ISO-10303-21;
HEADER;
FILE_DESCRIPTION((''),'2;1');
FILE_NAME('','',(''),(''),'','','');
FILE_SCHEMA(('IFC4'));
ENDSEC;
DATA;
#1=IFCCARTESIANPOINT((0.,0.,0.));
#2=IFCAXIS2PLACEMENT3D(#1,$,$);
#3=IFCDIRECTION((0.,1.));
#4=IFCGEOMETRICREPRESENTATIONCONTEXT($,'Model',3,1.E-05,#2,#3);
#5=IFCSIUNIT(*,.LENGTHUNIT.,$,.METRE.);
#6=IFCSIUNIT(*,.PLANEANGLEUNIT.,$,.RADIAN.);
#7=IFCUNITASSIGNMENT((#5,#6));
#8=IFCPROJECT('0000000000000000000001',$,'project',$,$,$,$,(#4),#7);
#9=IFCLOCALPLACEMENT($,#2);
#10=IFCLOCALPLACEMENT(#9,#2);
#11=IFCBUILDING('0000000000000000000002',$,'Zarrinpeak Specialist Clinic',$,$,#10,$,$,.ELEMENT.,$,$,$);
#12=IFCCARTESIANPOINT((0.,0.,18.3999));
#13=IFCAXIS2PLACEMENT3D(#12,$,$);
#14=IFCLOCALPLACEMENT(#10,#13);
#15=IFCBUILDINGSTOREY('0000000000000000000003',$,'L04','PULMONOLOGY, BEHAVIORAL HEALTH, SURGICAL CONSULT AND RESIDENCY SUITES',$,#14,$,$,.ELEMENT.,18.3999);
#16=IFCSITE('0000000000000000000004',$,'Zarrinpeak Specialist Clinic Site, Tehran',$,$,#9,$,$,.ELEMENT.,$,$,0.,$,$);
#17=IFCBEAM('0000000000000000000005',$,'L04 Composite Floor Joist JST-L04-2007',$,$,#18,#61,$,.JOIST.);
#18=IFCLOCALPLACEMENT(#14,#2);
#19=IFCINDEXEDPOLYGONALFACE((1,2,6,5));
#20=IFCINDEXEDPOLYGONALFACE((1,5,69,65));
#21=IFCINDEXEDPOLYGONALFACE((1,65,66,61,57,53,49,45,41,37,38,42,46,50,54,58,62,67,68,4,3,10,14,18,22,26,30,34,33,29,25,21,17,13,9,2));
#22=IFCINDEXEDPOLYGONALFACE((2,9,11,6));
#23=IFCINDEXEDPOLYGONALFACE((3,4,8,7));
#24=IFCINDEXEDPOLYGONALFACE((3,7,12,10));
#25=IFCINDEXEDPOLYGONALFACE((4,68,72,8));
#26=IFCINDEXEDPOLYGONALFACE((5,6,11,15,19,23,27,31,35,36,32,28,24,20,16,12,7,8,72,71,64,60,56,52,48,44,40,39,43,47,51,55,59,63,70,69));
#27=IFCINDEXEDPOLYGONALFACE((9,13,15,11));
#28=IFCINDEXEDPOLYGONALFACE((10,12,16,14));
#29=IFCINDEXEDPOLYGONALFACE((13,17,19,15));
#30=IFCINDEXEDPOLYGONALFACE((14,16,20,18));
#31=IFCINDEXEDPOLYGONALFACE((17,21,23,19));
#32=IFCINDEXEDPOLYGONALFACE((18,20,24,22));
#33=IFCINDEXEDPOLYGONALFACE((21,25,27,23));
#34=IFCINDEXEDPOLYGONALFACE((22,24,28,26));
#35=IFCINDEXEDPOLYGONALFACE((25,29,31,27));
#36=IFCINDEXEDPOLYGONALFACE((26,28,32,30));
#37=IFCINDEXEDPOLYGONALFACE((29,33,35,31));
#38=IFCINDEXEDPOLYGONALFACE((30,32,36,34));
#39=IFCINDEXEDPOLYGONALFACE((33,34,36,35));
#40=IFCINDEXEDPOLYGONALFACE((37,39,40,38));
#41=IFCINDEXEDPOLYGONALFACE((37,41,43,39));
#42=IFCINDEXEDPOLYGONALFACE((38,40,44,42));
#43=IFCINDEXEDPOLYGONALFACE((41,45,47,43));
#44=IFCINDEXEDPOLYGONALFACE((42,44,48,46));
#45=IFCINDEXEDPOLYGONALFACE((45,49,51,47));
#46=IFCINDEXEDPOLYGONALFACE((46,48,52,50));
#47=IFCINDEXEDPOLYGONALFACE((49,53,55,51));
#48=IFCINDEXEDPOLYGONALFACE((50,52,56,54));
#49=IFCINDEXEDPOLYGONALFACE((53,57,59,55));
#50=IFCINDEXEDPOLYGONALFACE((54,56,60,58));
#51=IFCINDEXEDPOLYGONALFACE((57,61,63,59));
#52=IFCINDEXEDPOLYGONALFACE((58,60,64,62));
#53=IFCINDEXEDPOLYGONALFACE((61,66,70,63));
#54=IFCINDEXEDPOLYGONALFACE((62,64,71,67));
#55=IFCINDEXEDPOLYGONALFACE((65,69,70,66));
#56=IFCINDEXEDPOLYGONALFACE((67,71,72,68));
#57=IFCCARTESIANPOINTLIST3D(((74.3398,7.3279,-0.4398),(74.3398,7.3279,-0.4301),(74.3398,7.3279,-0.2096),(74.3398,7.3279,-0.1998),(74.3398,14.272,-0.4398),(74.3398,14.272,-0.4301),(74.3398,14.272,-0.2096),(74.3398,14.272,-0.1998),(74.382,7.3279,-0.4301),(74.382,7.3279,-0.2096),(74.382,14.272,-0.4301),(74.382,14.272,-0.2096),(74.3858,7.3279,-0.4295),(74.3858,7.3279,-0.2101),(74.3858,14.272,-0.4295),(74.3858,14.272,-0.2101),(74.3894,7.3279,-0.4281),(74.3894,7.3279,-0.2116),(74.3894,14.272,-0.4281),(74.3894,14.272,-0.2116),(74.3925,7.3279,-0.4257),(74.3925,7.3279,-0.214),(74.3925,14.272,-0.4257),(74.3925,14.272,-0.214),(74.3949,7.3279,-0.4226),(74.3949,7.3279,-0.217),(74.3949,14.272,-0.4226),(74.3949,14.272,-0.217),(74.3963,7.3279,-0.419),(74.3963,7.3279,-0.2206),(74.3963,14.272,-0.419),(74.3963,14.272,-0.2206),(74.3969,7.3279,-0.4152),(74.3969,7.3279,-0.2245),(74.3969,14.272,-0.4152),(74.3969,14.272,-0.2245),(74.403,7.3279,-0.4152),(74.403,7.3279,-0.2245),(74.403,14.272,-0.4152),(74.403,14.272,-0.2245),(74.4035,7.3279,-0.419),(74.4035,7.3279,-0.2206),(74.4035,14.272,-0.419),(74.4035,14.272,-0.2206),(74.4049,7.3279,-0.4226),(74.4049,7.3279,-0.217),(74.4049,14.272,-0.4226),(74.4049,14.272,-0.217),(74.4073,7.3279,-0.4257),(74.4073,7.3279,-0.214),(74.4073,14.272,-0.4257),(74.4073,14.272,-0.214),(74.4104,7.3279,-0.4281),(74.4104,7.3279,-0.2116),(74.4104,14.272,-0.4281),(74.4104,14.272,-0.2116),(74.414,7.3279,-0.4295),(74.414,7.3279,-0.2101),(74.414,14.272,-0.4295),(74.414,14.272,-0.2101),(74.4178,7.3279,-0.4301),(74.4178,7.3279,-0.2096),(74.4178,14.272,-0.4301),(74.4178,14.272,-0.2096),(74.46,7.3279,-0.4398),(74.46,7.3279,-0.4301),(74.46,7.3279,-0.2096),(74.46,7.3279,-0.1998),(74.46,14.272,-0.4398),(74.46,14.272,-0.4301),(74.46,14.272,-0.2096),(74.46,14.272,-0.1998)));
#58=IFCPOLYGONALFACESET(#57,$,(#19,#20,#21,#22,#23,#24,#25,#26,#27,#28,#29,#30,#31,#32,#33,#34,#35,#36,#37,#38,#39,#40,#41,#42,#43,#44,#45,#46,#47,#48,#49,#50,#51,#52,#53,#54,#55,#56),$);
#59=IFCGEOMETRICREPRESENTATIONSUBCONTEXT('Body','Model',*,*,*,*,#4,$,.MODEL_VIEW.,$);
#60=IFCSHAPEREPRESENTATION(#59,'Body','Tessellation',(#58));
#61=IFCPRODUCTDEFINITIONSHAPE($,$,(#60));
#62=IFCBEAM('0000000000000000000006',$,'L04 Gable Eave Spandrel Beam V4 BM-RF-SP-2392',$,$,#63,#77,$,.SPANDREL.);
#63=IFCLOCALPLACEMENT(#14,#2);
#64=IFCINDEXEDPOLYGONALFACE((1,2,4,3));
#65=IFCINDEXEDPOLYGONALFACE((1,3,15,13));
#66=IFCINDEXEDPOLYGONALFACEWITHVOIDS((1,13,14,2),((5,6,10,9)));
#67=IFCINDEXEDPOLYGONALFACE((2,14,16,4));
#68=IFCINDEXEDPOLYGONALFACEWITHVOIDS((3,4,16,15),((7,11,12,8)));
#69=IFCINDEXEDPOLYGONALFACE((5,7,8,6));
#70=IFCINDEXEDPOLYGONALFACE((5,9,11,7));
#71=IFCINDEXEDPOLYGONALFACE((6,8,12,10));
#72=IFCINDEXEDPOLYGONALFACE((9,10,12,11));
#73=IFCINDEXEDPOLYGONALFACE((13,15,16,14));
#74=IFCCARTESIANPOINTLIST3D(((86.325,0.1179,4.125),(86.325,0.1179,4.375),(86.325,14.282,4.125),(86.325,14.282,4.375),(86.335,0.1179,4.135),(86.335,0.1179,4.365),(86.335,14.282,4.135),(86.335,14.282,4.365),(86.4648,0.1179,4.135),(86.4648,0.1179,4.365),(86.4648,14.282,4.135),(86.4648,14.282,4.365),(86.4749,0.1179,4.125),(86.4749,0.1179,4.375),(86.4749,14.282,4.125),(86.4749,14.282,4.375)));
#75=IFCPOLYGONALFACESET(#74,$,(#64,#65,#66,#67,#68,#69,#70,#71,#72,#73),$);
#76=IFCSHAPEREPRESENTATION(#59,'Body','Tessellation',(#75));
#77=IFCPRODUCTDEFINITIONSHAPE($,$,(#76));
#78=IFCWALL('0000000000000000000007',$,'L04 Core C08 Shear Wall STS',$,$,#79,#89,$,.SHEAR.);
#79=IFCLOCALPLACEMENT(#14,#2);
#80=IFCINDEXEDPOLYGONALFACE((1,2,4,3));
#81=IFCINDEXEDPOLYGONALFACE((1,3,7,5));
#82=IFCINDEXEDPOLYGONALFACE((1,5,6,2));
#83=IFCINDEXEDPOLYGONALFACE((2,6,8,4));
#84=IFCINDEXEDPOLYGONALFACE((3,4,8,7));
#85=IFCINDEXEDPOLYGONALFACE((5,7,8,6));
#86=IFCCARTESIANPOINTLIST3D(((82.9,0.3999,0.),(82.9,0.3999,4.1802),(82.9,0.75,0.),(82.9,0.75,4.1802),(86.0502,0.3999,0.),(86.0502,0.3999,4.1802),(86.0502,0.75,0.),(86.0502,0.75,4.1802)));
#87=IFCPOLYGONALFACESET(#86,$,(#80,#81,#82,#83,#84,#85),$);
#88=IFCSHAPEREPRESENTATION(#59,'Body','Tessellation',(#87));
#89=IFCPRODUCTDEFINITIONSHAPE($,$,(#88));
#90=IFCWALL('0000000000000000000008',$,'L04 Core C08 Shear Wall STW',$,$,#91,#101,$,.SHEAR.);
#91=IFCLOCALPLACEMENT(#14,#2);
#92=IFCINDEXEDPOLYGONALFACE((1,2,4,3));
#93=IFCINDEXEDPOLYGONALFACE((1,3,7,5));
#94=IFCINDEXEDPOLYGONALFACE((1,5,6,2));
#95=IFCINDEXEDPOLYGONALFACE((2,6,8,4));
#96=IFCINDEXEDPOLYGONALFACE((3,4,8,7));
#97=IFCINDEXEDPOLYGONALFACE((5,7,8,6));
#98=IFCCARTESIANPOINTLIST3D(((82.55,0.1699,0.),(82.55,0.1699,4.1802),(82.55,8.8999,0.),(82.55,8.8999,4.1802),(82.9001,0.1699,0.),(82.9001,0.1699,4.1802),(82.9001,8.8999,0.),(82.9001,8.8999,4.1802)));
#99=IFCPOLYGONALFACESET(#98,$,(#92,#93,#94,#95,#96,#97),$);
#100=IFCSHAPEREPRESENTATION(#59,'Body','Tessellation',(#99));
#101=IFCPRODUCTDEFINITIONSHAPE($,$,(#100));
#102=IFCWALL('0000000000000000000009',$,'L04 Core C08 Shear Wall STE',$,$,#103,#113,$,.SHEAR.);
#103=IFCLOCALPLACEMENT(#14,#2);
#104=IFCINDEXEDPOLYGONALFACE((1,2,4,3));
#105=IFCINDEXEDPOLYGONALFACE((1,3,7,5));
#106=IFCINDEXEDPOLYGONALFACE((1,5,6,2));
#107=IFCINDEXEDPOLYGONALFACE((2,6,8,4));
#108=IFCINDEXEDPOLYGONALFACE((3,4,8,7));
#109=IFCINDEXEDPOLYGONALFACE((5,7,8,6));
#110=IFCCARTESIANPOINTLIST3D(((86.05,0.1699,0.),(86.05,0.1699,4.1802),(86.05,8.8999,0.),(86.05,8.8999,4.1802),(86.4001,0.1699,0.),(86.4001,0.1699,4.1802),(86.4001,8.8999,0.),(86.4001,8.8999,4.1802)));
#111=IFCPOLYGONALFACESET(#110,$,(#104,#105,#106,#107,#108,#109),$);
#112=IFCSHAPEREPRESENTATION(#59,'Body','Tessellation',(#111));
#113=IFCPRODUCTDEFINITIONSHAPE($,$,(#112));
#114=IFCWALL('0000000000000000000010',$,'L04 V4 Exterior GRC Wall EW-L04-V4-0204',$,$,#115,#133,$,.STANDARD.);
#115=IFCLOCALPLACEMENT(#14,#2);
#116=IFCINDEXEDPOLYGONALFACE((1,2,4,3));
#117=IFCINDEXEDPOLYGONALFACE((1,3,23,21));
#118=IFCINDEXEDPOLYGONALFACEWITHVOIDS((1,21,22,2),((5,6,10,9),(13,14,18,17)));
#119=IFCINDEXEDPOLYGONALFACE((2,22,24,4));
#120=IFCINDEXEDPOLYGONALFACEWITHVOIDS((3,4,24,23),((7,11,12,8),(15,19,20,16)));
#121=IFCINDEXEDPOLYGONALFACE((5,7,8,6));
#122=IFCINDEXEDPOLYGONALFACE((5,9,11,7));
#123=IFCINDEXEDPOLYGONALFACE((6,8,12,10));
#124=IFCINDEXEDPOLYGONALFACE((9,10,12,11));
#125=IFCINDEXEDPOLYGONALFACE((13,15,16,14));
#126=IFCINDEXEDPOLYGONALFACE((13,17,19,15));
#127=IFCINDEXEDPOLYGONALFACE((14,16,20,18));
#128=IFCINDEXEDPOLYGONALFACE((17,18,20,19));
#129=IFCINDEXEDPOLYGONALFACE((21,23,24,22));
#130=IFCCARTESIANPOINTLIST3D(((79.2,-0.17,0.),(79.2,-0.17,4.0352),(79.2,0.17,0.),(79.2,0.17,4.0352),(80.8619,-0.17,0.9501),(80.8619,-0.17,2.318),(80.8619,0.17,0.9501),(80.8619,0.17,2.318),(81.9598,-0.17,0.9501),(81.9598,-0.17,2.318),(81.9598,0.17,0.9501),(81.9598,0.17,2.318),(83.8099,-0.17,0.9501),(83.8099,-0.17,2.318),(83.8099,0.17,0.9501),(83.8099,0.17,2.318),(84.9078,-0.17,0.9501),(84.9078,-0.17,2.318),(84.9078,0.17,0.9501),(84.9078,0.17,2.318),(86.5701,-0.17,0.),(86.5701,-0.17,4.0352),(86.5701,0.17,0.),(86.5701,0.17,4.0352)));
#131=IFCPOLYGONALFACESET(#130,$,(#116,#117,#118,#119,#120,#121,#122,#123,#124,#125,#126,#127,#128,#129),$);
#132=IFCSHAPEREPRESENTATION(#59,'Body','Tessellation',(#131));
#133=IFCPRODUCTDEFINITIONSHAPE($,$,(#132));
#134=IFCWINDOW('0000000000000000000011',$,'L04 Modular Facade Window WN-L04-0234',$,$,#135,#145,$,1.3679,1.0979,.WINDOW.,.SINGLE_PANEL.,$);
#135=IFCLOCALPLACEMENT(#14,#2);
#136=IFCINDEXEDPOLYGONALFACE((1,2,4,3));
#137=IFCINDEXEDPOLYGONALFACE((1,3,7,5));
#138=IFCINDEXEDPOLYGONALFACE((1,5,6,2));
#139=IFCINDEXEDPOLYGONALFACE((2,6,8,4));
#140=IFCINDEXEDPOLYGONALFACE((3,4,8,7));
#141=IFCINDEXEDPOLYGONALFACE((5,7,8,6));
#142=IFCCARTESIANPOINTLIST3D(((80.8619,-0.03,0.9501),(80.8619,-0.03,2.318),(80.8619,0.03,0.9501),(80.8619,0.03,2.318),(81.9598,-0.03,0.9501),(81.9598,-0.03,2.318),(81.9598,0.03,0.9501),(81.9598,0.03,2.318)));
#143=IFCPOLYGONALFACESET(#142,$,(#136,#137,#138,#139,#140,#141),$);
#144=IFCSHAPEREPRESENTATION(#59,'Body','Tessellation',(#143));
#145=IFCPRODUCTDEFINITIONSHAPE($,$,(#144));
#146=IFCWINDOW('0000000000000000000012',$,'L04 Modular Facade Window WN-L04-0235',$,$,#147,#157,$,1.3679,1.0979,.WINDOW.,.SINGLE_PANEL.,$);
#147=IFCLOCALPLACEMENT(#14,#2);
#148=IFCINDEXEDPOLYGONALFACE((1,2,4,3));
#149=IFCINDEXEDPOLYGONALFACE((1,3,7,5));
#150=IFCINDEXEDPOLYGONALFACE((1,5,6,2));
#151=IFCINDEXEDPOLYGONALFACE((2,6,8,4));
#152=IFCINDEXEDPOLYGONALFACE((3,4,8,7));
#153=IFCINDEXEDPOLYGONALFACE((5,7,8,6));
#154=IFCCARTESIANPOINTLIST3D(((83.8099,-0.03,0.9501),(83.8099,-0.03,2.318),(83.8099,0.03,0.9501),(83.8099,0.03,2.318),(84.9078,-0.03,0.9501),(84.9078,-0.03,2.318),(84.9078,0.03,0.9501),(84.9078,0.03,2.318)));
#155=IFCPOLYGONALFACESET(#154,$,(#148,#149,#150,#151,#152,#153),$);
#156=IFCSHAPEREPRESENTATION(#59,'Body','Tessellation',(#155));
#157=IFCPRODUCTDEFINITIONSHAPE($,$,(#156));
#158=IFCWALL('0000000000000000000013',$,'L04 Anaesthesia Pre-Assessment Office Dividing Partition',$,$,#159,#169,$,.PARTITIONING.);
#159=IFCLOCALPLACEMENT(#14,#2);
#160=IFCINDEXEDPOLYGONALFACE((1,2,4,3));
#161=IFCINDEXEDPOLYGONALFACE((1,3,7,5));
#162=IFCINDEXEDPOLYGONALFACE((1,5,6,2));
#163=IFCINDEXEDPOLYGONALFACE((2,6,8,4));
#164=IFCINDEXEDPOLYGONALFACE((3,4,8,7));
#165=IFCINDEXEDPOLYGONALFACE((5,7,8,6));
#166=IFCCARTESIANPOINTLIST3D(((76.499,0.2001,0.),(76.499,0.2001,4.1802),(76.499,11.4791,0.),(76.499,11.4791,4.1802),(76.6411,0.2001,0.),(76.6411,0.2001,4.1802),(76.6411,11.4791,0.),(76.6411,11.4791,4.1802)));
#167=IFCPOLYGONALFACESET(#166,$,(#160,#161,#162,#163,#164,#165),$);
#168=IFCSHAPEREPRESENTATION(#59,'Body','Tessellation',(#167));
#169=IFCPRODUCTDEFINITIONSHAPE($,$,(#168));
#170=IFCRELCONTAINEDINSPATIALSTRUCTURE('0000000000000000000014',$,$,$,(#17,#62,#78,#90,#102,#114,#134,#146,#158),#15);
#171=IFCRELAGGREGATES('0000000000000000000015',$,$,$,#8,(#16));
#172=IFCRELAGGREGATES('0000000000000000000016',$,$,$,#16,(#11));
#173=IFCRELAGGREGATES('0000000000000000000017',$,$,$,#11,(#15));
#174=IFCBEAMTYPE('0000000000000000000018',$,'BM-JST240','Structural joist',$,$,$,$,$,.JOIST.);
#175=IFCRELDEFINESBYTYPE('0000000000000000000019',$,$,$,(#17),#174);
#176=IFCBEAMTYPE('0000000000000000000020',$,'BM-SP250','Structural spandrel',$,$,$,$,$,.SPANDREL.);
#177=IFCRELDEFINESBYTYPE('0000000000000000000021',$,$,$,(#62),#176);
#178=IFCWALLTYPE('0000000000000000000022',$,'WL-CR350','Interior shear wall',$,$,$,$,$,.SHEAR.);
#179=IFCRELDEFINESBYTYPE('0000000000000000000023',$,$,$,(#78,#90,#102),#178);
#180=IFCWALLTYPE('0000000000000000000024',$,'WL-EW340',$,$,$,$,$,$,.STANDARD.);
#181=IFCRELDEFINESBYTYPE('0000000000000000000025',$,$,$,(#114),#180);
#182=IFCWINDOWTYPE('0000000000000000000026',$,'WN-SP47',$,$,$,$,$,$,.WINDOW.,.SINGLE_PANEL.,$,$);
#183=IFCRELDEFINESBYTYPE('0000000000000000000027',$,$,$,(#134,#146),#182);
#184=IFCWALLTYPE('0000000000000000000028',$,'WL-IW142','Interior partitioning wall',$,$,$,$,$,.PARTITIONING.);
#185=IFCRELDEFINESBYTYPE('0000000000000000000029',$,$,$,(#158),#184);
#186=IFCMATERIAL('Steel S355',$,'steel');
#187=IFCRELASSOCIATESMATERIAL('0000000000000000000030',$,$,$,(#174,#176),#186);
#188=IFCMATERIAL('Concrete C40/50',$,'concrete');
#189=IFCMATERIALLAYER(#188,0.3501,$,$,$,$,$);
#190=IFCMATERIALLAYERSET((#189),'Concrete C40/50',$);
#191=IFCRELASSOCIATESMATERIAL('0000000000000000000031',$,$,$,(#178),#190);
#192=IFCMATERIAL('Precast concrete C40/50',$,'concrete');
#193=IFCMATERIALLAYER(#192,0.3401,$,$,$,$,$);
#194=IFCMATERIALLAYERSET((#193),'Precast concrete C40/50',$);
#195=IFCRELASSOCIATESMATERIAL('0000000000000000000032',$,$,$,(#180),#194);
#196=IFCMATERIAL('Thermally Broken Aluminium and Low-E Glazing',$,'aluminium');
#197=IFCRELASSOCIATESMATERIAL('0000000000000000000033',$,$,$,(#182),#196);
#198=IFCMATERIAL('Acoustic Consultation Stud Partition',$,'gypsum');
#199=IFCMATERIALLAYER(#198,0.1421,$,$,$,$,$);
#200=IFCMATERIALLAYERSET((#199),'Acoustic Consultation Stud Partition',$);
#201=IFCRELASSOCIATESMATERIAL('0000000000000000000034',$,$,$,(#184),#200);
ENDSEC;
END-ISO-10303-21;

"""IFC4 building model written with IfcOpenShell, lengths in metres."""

from ifc_helpers import new_model, si_unit, direction, frame, frame_2d, origin, origin_2d, place, context, subcontext, project, spatial, rectangle, hollow_rectangle, i_section, extrude, material, layer, layer_set, material_profile, profile_set, type_object, element, fill, save


model = new_model("IFC4")

# Units and contexts
model_context = context("Model", 3, precision=1e-05, world=origin(), true_north=direction((0.0, 1.0)))
body_context = subcontext(model_context, "Body", "Model", "MODEL_VIEW")
ifc_project = project(units=[si_unit("LENGTHUNIT", "METRE"), si_unit("PLANEANGLEUNIT", "RADIAN")], contexts=[model_context])

# Site, building, storey
site_placement = place(None, origin())
site = spatial("IfcSite", under=ifc_project, at=site_placement, Name="Zarrinpeak Specialist Clinic Site, Tehran", CompositionType="ELEMENT", RefElevation=0.0)
building_placement = place(site_placement, origin())
building = spatial("IfcBuilding", under=site, at=building_placement, Name="Zarrinpeak Specialist Clinic", CompositionType="ELEMENT")
storey_placement = place(building_placement, frame((0.0, 0.0, 18.3999)))
storey = spatial("IfcBuildingStorey", under=building, at=storey_placement, Name="L04", Description="PULMONOLOGY, BEHAVIORAL HEALTH, SURGICAL CONSULT AND RESIDENCY SUITES", CompositionType="ELEMENT", Elevation=18.3999)

# Shared definitions
ifc_material_1 = material(Name="Steel S355", Category="steel")

# Beams
ifc_material_profile_1 = material_profile(ifc_material_1, i_section(OverallWidth=0.1201, OverallDepth=0.24, WebThickness=0.0061, FlangeThickness=0.0098, FilletRadius=0.0149, at=origin_2d()), Name="IPE 240")
ifc_profile_set_1 = profile_set([ifc_material_profile_1], Name="Steel S355")
beam_type_1 = type_object("IfcBeamType", Name="BM-JST240", Description="Structural joist", PredefinedType="JOIST", material=ifc_profile_set_1)
for number, where, z_axis, x_axis, name in (
    (1, (74.3999, 7.3279, -0.3198), (0.0, 1.0, 0.0), (-1.0, 0.0, 0.0), "L04 Composite Floor Joist JST-L04-2007"),
):
    element("IfcBeam", number, at=place(storey_placement, frame(where, z_axis=z_axis, x_axis=x_axis)), inside=storey, type_object=beam_type_1, Name=name, PredefinedType="JOIST", context=body_context, shape_type="SweptSolid", body=[
        extrude(i_section(OverallWidth=0.1201, OverallDepth=0.24, WebThickness=0.0061, FlangeThickness=0.0098, FilletRadius=0.0149, at=origin_2d()), origin(), (0.0, 0.0, 1.0), 6.9441),
    ])
ifc_material_profile_2 = material_profile(ifc_material_1, hollow_rectangle(XDim=0.1499, YDim=0.25, WallThickness=0.01, at=origin_2d()), Name="RHS 250x150x10.0")
ifc_profile_set_2 = profile_set([ifc_material_profile_2], Name="Steel S355")
beam_type_2 = type_object("IfcBeamType", Name="BM-SP250", Description="Structural spandrel", PredefinedType="SPANDREL", material=ifc_profile_set_2)
beam_1_placement = place(storey_placement, frame((86.3999, 0.1179, 4.25), z_axis=(0.0, 1.0, 0.0), x_axis=(-1.0, 0.0, 0.0)))
element("IfcBeam", 2, at=beam_1_placement, inside=storey, type_object=beam_type_2, Name="L04 Gable Eave Spandrel Beam V4 BM-RF-SP-2392", PredefinedType="SPANDREL", context=body_context, shape_type="SweptSolid", body=[
    extrude(hollow_rectangle(XDim=0.1499, YDim=0.25, WallThickness=0.01, at=origin_2d()), origin(), (0.0, 0.0, 1.0), 14.1641),
])

# Walls
ifc_material_2 = material(Name="Concrete C40/50", Category="concrete")
ifc_layer_1 = layer(ifc_material_2, 0.3501)
ifc_layer_set_1 = layer_set([ifc_layer_1], Name="Concrete C40/50")
wall_type_1 = type_object("IfcWallType", Name="WL-CR350", Description="Interior shear wall", PredefinedType="SHEAR", material=ifc_layer_set_1)
wall_1_placement = place(storey_placement, frame((82.8999, 0.575, 0.0), z_axis=(0.0, 0.0, 1.0), x_axis=(1.0, 0.0, 0.0)))
element("IfcWall", 3, at=wall_1_placement, inside=storey, type_object=wall_type_1, Name="L04 Core C08 Shear Wall STS", PredefinedType="SHEAR", context=body_context, shape_type="SweptSolid", body=[
    extrude(rectangle(XDim=3.1501, YDim=0.3501, at=frame_2d((1.5752, 0.0))), origin(), (0.0, 0.0, 1.0), 4.1802),
])
for number, where, z_axis, x_axis, name in (
    (4, (82.7251, 0.1699, 0.0), (0.0, 0.0, 1.0), (0.0, 1.0, 0.0), "L04 Core C08 Shear Wall STW"),
    (5, (86.2251, 0.1699, 0.0), (0.0, 0.0, 1.0), (0.0, 1.0, 0.0), "L04 Core C08 Shear Wall STE"),
):
    element("IfcWall", number, at=place(storey_placement, frame(where, z_axis=z_axis, x_axis=x_axis)), inside=storey, type_object=wall_type_1, Name=name, PredefinedType="SHEAR", context=body_context, shape_type="SweptSolid", body=[
        extrude(rectangle(XDim=8.73, YDim=0.3501, at=frame_2d((4.365, 0.0))), origin(), (0.0, 0.0, 1.0), 4.1802),
    ])

# Wall, openings, windows
ifc_material_3 = material(Name="Precast concrete C40/50", Category="concrete")
ifc_layer_2 = layer(ifc_material_3, 0.3401)
ifc_layer_set_2 = layer_set([ifc_layer_2], Name="Precast concrete C40/50")
wall_type_2 = type_object("IfcWallType", Name="WL-EW340", PredefinedType="STANDARD", material=ifc_layer_set_2)
wall_2_placement = place(storey_placement, frame((79.2, 0.0, 0.0), z_axis=(0.0, 0.0, 1.0), x_axis=(1.0, 0.0, 0.0)))
wall_2 = element("IfcWall", 6, at=wall_2_placement, inside=storey, type_object=wall_type_2, Name="L04 V4 Exterior GRC Wall EW-L04-V4-0204", PredefinedType="STANDARD", context=body_context, shape_type="SweptSolid", body=[
    extrude(rectangle(XDim=7.3701, YDim=0.3401, at=frame_2d((3.6851, 0.0))), origin(), (0.0, 0.0, 1.0), 4.0352),
])
opening_1_placement = place(wall_2_placement, frame((1.6621, 0.0, 0.95)))
opening_1 = element("IfcOpeningElement", 7, at=opening_1_placement, cuts=wall_2, PredefinedType="OPENING", context=body_context, shape_type="SweptSolid", body=[
    extrude(rectangle(XDim=1.0979, YDim=1.3679, at=frame_2d((0.5488, 0.6841))), frame((0.0, 0.1802, 0.0), z_axis=(0.0, -1.0, 0.0), x_axis=(1.0, 0.0, 0.0)), (0.0, 0.0, 1.0), 0.3601),
])
opening_2_placement = place(wall_2_placement, frame((4.6101, 0.0, 0.95)))
opening_2 = element("IfcOpeningElement", 8, at=opening_2_placement, cuts=wall_2, PredefinedType="OPENING", context=body_context, shape_type="SweptSolid", body=[
    extrude(rectangle(XDim=1.0979, YDim=1.3679, at=frame_2d((0.5488, 0.6841))), frame((0.0, 0.1802, 0.0), z_axis=(0.0, -1.0, 0.0), x_axis=(1.0, 0.0, 0.0)), (0.0, 0.0, 1.0), 0.3601),
])
ifc_material_4 = material(Name="Thermally Broken Aluminium and Low-E Glazing", Category="aluminium")
window_type = type_object("IfcWindowType", Name="WN-SP47", PartitioningType="SINGLE_PANEL", PredefinedType="WINDOW", material=ifc_material_4)
window_1_placement = place(opening_1_placement, origin())
window_1 = element("IfcWindow", 9, at=window_1_placement, inside=storey, type_object=window_type, Name="L04 Modular Facade Window WN-L04-0234", OverallHeight=1.3679, OverallWidth=1.0979, PartitioningType="SINGLE_PANEL", PredefinedType="WINDOW", context=body_context, shape_type="SweptSolid", body=[
    extrude(rectangle(XDim=1.0979, YDim=1.3679, at=frame_2d((0.5488, 0.6841))), frame((0.0, 0.03, 0.0), z_axis=(0.0, -1.0, 0.0), x_axis=(1.0, 0.0, 0.0)), (0.0, 0.0, 1.0), 0.0601),
])
fill(opening_1, window_1)
window_2_placement = place(opening_2_placement, origin())
window_2 = element("IfcWindow", 10, at=window_2_placement, inside=storey, type_object=window_type, Name="L04 Modular Facade Window WN-L04-0235", OverallHeight=1.3679, OverallWidth=1.0979, PartitioningType="SINGLE_PANEL", PredefinedType="WINDOW", context=body_context, shape_type="SweptSolid", body=[
    extrude(rectangle(XDim=1.0979, YDim=1.3679, at=frame_2d((0.5488, 0.6841))), frame((0.0, 0.03, 0.0), z_axis=(0.0, -1.0, 0.0), x_axis=(1.0, 0.0, 0.0)), (0.0, 0.0, 1.0), 0.0601),
])
fill(opening_2, window_2)

# Wall
ifc_material_5 = material(Name="Acoustic Consultation Stud Partition", Category="gypsum")
ifc_layer_3 = layer(ifc_material_5, 0.1421)
ifc_layer_set_3 = layer_set([ifc_layer_3], Name="Acoustic Consultation Stud Partition")
wall_type_3 = type_object("IfcWallType", Name="WL-IW142", Description="Interior partitioning wall", PredefinedType="PARTITIONING", material=ifc_layer_set_3)
wall_3_placement = place(storey_placement, frame((76.5701, 0.2, 0.0), z_axis=(0.0, 0.0, 1.0), x_axis=(0.0, 1.0, 0.0)))
element("IfcWall", 11, at=wall_3_placement, inside=storey, type_object=wall_type_3, Name="L04 Anaesthesia Pre-Assessment Office Dividing Partition", PredefinedType="PARTITIONING", context=body_context, shape_type="SweptSolid", body=[
    extrude(rectangle(XDim=11.2791, YDim=0.1421, at=frame_2d((5.6396, 0.0))), origin(), (0.0, 0.0, 1.0), 4.1802),
])

save(model, "model.ifc")
